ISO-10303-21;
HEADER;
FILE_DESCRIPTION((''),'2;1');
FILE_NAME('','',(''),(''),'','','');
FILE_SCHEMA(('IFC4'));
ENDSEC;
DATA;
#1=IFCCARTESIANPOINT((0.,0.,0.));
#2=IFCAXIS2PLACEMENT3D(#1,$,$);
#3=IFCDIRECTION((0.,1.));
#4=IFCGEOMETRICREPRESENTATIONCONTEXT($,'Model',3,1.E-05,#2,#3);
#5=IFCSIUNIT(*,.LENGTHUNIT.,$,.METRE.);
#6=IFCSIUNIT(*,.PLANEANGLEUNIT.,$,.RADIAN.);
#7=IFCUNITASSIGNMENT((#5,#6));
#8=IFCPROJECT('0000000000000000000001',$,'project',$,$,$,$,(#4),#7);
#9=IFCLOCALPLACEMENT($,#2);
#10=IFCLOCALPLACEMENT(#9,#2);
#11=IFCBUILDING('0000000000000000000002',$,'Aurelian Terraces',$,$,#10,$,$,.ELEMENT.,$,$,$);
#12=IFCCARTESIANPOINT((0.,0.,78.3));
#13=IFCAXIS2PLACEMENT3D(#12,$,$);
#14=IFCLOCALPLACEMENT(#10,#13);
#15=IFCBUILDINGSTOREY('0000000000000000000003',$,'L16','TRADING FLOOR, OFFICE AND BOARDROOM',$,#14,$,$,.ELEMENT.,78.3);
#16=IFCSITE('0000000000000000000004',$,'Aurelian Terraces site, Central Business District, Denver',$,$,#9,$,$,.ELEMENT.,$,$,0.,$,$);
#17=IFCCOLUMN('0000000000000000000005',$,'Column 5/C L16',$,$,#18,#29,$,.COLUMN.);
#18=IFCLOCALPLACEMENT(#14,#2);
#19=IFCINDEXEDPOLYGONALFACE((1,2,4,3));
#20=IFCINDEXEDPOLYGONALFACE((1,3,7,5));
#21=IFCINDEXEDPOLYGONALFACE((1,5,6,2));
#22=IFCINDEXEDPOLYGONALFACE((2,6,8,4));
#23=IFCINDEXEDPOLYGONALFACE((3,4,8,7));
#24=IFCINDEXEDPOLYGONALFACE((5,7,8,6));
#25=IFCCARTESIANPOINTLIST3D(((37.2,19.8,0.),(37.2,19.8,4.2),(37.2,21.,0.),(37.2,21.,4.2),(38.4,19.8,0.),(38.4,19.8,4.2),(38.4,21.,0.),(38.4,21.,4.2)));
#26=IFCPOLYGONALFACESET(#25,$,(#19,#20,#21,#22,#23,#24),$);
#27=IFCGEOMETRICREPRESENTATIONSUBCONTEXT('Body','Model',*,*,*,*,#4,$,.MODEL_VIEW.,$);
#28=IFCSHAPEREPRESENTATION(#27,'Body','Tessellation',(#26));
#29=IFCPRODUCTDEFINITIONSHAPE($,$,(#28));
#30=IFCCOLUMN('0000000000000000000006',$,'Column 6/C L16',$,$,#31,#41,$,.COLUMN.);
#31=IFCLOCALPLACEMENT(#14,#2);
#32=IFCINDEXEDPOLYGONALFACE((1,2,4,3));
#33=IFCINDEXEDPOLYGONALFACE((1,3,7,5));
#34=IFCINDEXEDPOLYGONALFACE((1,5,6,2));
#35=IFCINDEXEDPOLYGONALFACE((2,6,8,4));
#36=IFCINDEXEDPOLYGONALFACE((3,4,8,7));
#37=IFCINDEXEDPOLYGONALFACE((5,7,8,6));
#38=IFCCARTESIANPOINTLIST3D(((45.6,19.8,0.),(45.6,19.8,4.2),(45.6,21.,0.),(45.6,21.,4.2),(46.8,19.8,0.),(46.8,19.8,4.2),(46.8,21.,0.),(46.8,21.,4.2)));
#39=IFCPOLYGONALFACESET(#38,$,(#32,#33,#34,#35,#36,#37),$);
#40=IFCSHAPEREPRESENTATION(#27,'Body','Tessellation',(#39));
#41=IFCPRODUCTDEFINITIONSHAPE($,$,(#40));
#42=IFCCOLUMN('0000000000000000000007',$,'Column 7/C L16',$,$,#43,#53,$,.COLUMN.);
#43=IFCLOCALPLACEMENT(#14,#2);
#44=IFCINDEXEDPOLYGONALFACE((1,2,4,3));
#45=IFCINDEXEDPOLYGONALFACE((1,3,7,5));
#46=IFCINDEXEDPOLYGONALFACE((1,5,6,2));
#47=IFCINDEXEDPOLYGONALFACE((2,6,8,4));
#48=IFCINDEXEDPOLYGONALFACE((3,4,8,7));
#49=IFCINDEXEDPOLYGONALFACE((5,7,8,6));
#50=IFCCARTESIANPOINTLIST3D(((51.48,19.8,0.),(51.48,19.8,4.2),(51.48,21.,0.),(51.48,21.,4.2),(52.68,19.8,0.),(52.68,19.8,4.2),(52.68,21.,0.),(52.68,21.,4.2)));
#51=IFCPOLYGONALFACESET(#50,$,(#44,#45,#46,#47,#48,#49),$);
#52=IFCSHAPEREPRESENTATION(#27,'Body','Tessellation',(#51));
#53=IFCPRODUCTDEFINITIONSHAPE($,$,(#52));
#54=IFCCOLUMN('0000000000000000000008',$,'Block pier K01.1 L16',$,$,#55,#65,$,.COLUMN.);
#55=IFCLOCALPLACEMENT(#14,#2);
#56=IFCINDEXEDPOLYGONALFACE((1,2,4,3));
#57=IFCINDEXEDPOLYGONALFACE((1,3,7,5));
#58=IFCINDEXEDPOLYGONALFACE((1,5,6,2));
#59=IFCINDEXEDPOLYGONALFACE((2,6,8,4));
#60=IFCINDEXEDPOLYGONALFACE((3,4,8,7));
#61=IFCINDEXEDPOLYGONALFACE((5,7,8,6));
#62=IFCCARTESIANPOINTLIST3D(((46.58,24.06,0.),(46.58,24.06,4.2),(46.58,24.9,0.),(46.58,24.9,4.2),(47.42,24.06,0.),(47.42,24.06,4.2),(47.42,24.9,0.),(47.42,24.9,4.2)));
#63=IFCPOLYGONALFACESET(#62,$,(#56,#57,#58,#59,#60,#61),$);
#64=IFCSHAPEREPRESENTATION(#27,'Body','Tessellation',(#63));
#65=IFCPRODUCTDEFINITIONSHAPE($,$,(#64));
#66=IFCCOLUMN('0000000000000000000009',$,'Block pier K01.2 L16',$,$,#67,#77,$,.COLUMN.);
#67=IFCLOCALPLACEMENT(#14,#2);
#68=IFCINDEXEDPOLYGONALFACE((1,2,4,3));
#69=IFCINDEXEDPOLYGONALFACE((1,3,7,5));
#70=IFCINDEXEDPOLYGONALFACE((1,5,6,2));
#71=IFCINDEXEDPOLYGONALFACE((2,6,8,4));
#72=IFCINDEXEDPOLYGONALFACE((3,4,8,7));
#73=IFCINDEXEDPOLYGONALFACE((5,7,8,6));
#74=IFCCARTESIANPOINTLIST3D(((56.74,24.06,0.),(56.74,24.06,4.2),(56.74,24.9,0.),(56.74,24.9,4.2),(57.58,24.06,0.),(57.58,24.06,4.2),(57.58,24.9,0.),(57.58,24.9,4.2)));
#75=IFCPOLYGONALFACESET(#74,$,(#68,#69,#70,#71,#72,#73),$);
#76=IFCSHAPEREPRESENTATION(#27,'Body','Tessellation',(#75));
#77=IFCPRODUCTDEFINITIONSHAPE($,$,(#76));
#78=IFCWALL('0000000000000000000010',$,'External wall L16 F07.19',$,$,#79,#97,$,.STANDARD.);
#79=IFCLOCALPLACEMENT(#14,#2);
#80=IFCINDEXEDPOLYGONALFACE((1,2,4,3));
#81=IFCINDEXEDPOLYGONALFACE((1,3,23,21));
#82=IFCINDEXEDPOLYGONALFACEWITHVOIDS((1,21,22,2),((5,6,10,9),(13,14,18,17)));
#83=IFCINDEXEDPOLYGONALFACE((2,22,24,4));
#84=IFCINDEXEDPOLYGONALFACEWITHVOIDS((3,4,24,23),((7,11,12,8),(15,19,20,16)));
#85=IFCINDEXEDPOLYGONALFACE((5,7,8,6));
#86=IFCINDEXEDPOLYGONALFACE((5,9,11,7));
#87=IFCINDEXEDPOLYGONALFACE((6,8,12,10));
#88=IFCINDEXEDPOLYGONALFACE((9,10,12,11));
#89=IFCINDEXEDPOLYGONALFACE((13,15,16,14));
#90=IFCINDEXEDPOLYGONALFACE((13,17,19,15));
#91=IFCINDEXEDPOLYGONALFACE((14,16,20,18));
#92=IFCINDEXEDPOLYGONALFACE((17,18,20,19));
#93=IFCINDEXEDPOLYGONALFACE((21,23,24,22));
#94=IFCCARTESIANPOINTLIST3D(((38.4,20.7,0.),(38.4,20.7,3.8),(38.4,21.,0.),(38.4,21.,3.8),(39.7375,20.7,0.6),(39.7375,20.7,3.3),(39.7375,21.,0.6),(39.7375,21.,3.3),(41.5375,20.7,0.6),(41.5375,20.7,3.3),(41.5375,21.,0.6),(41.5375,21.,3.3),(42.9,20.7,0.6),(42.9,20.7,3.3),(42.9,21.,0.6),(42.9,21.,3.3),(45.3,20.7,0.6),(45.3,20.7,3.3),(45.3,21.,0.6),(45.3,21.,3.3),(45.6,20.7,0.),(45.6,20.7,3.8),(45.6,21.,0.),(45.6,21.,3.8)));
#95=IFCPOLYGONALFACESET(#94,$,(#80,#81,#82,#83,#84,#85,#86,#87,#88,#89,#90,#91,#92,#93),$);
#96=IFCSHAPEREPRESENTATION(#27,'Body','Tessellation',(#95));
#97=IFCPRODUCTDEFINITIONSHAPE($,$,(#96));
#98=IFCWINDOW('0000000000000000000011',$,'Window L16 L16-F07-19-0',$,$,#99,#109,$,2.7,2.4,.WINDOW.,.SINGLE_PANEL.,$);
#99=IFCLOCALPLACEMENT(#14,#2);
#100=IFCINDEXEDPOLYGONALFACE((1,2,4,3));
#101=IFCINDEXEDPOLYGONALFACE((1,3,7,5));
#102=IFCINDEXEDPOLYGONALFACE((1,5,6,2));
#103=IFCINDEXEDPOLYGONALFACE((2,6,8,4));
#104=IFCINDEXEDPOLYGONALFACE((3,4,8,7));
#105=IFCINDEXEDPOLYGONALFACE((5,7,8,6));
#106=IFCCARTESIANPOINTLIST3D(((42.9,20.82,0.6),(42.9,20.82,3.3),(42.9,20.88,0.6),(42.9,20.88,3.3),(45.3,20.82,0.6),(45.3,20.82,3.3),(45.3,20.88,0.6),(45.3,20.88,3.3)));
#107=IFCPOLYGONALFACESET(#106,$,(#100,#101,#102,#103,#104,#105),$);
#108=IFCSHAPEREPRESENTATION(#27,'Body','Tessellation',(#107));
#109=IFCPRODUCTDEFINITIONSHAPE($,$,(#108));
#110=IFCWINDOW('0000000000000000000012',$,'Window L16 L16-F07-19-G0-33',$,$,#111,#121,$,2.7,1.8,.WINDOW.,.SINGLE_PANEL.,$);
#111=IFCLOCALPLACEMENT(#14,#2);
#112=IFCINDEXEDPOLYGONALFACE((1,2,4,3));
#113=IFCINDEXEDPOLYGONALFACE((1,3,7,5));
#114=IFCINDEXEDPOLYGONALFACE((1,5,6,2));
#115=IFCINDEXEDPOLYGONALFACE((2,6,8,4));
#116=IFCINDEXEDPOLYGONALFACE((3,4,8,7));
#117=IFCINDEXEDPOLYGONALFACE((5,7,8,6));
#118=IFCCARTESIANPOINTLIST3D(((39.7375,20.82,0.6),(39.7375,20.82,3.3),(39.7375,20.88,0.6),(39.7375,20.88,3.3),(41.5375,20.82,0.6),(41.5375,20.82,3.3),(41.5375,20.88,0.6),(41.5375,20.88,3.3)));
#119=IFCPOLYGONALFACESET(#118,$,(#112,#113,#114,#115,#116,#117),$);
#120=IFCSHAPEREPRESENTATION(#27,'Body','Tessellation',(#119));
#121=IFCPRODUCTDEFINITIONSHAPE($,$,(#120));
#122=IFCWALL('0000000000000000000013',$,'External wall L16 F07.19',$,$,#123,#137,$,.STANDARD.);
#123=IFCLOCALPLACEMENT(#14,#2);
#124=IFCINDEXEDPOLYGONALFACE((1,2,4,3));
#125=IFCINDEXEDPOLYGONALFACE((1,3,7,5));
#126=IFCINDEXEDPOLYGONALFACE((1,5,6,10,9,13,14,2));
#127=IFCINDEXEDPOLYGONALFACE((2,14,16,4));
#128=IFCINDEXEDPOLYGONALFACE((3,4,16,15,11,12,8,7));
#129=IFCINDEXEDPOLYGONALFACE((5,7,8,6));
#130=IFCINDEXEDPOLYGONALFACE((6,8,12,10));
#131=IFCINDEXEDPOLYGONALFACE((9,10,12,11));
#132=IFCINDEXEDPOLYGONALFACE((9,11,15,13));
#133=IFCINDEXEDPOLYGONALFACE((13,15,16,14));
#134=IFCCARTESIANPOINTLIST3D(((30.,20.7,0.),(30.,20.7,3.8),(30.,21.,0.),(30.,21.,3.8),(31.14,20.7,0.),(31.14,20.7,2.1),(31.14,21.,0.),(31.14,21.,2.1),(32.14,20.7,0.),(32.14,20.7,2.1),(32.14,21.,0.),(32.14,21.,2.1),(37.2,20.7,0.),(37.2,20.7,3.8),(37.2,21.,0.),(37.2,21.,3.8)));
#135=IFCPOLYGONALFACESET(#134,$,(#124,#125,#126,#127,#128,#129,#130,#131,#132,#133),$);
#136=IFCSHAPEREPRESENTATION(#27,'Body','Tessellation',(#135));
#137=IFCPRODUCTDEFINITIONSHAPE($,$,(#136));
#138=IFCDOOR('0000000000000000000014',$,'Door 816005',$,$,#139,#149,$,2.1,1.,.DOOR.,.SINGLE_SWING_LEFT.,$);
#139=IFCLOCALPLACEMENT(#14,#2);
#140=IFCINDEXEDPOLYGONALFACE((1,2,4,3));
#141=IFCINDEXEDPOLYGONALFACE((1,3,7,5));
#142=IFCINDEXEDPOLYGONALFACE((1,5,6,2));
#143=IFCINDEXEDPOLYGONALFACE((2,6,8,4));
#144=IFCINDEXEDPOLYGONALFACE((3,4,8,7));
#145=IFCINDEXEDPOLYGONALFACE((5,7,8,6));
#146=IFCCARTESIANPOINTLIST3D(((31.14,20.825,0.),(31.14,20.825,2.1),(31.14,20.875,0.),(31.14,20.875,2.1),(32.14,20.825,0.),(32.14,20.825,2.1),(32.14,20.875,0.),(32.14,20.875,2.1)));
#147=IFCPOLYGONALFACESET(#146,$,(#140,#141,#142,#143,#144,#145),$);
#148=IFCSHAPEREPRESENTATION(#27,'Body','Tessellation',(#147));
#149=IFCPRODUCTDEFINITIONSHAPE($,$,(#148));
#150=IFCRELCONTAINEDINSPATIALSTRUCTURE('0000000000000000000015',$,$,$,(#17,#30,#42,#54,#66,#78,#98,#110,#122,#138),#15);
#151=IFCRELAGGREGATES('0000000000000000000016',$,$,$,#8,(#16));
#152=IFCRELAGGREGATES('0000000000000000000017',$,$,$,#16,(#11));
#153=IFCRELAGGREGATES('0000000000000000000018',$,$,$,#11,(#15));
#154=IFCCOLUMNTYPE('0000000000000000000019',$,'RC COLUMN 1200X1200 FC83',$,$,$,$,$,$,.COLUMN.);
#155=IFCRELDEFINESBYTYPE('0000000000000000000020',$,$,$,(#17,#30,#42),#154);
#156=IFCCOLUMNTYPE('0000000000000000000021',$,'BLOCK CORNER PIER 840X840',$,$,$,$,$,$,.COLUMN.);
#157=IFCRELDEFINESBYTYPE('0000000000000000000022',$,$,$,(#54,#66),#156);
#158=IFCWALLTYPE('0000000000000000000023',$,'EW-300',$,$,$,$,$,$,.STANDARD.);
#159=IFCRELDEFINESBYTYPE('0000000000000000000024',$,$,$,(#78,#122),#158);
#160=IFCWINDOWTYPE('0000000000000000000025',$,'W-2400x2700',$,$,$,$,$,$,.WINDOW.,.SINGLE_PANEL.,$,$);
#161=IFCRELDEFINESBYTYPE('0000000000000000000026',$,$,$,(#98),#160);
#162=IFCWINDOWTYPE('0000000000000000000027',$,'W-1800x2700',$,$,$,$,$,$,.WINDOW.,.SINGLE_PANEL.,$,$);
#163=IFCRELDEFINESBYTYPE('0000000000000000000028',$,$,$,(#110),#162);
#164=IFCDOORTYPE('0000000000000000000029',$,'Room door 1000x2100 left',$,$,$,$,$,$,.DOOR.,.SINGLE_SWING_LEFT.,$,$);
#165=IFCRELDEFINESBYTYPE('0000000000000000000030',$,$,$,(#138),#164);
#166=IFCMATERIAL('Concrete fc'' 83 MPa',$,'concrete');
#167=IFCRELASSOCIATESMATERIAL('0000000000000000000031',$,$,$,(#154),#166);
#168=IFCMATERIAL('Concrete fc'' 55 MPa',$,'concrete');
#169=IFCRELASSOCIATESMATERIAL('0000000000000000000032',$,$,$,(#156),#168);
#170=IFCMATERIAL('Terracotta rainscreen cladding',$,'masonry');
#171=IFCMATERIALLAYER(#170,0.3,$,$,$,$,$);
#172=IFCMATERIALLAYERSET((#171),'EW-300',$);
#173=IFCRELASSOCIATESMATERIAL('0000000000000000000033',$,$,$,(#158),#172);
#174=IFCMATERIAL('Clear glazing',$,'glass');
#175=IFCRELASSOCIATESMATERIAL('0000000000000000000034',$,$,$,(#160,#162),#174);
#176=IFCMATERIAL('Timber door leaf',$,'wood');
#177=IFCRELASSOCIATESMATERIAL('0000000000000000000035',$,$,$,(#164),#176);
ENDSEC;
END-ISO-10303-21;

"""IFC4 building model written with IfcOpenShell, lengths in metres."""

from ifc_helpers import new_model, si_unit, direction, frame, frame_2d, origin, origin_2d, place, context, subcontext, project, spatial, rectangle, extrude, source, transform, mapped, material, layer, layer_set, material_profile, profile_set, type_object, element, fill, save


model = new_model("IFC4")

# Units and contexts
model_context = context("Model", 3, precision=1e-05, world=origin(), true_north=direction((0.0, 1.0)))
body_context = subcontext(model_context, "Body", "Model", "MODEL_VIEW")
ifc_project = project(units=[si_unit("LENGTHUNIT", "METRE"), si_unit("PLANEANGLEUNIT", "RADIAN")], contexts=[model_context])

# Site, building, storey
site_placement = place(None, origin())
site = spatial("IfcSite", under=ifc_project, at=site_placement, Name="Aurelian Terraces site, Central Business District, Denver", CompositionType="ELEMENT", RefElevation=0.0)
building_placement = place(site_placement, origin())
building = spatial("IfcBuilding", under=site, at=building_placement, Name="Aurelian Terraces", CompositionType="ELEMENT")
storey_placement = place(building_placement, frame((0.0, 0.0, 78.3)))
storey = spatial("IfcBuildingStorey", under=building, at=storey_placement, Name="L16", Description="TRADING FLOOR, OFFICE AND BOARDROOM", CompositionType="ELEMENT", Elevation=78.3)

# Columns
ifc_material_1 = material(Name="Concrete fc' 83 MPa", Category="concrete")
ifc_material_profile_1 = material_profile(ifc_material_1, rectangle(XDim=1.2, YDim=1.2, at=origin_2d()))
ifc_profile_set_1 = profile_set([ifc_material_profile_1], Name="Concrete fc' 83 MPa")
column_type_1 = type_object("IfcColumnType", Name="RC COLUMN 1200X1200 FC83", PredefinedType="COLUMN", material=ifc_profile_set_1)
shared_shape_1 = source(origin(), body_context, "Body", "SweptSolid", [
    extrude(rectangle(XDim=1.2, YDim=1.2, at=origin_2d()), origin(), (0.0, 0.0, 1.0), 4.2),
])
for number, where, z_axis, x_axis, name in (
    (1, (37.8, 20.4, 0.0), (0.0, 0.0, 1.0), (1.0, 0.0, 0.0), "Column 5/C L16"),
    (2, (46.2, 20.4, 0.0), (0.0, 0.0, 1.0), (1.0, 0.0, 0.0), "Column 6/C L16"),
    (3, (52.08, 20.4, 0.0), (0.0, 0.0, 1.0), (1.0, 0.0, 0.0), "Column 7/C L16"),
):
    element("IfcColumn", number, at=place(storey_placement, frame(where, z_axis=z_axis, x_axis=x_axis)), inside=storey, type_object=column_type_1, Name=name, PredefinedType="COLUMN", context=body_context, shape_type="MappedRepresentation", body=[
        mapped(shared_shape_1, transform((0.0, 0.0, 0.0), scale=1.0)),
    ])
ifc_material_2 = material(Name="Concrete fc' 55 MPa", Category="concrete")
ifc_material_profile_2 = material_profile(ifc_material_2, rectangle(XDim=0.84, YDim=0.84, at=origin_2d()))
ifc_profile_set_2 = profile_set([ifc_material_profile_2], Name="Concrete fc' 55 MPa")
column_type_2 = type_object("IfcColumnType", Name="BLOCK CORNER PIER 840X840", PredefinedType="COLUMN", material=ifc_profile_set_2)
shared_shape_2 = source(origin(), body_context, "Body", "SweptSolid", [
    extrude(rectangle(XDim=0.84, YDim=0.84, at=origin_2d()), origin(), (0.0, 0.0, 1.0), 4.2),
])
for number, where, z_axis, x_axis, name in (
    (4, (47.0, 24.48, 0.0), (0.0, 0.0, 1.0), (1.0, 0.0, 0.0), "Block pier K01.1 L16"),
    (5, (57.16, 24.48, 0.0), (0.0, 0.0, 1.0), (1.0, 0.0, 0.0), "Block pier K01.2 L16"),
):
    element("IfcColumn", number, at=place(storey_placement, frame(where, z_axis=z_axis, x_axis=x_axis)), inside=storey, type_object=column_type_2, Name=name, PredefinedType="COLUMN", context=body_context, shape_type="MappedRepresentation", body=[
        mapped(shared_shape_2, transform((0.0, 0.0, 0.0), scale=1.0)),
    ])

# Wall, openings, windows
ifc_material_3 = material(Name="Terracotta rainscreen cladding", Category="masonry")
ifc_layer_1 = layer(ifc_material_3, 0.3)
ifc_layer_set_1 = layer_set([ifc_layer_1], Name="EW-300")
wall_type_1 = type_object("IfcWallType", Name="EW-300", PredefinedType="STANDARD", material=ifc_layer_set_1)
shared_shape_3 = source(origin(), body_context, "Body", "SweptSolid", [
    extrude(rectangle(XDim=7.2, YDim=0.3, at=frame_2d((3.6, 0.0))), origin(), (0.0, 0.0, 1.0), 3.8),
])
wall_1_placement = place(storey_placement, frame((45.6, 20.85, 0.0), z_axis=(0.0, 0.0, 1.0), x_axis=(-1.0, 0.0, 0.0)))
wall_1 = element("IfcWall", 6, at=wall_1_placement, inside=storey, type_object=wall_type_1, Name="External wall L16 F07.19", PredefinedType="STANDARD", context=body_context, shape_type="MappedRepresentation", body=[
    mapped(shared_shape_3, transform((0.0, 0.0, 0.0), scale=1.0)),
])
shared_shape_4 = source(origin(), body_context, "Body", "SweptSolid", [
    extrude(rectangle(XDim=2.4, YDim=2.7, at=frame_2d((1.2, 1.35))), frame((0.0, 0.16, 0.0), z_axis=(0.0, -1.0, 0.0), x_axis=(1.0, 0.0, 0.0)), (0.0, 0.0, 1.0), 0.32),
])
opening_1_placement = place(wall_1_placement, frame((0.3, 0.0, 0.6)))
opening_1 = element("IfcOpeningElement", 7, at=opening_1_placement, cuts=wall_1, PredefinedType="OPENING", context=body_context, shape_type="MappedRepresentation", body=[
    mapped(shared_shape_4, transform((0.0, 0.0, 0.0), scale=1.0)),
])
shared_shape_5 = source(origin(), body_context, "Body", "SweptSolid", [
    extrude(rectangle(XDim=1.8, YDim=2.7, at=frame_2d((0.9, 1.35))), frame((0.0, 0.16, 0.0), z_axis=(0.0, -1.0, 0.0), x_axis=(1.0, 0.0, 0.0)), (0.0, 0.0, 1.0), 0.32),
])
opening_2_placement = place(wall_1_placement, frame((4.0625, 0.0, 0.6)))
opening_2 = element("IfcOpeningElement", 8, at=opening_2_placement, cuts=wall_1, PredefinedType="OPENING", context=body_context, shape_type="MappedRepresentation", body=[
    mapped(shared_shape_5, transform((0.0, 0.0, 0.0), scale=1.0)),
])
ifc_material_4 = material(Name="Clear glazing", Category="glass")
window_type_1 = type_object("IfcWindowType", Name="W-2400x2700", PartitioningType="SINGLE_PANEL", PredefinedType="WINDOW", material=ifc_material_4)
shared_shape_6 = source(origin(), body_context, "Body", "SweptSolid", [
    extrude(rectangle(XDim=2.4, YDim=2.7, at=frame_2d((1.2, 1.35))), frame((0.0, 0.03, 0.0), z_axis=(0.0, -1.0, 0.0), x_axis=(1.0, 0.0, 0.0)), (0.0, 0.0, 1.0), 0.06),
])
window_1_placement = place(opening_1_placement, origin())
window_1 = element("IfcWindow", 9, at=window_1_placement, inside=storey, type_object=window_type_1, Name="Window L16 L16-F07-19-0", OverallHeight=2.7, OverallWidth=2.4, PartitioningType="SINGLE_PANEL", PredefinedType="WINDOW", context=body_context, shape_type="MappedRepresentation", body=[
    mapped(shared_shape_6, transform((0.0, 0.0, 0.0), scale=1.0)),
])
fill(opening_1, window_1)
window_type_2 = type_object("IfcWindowType", Name="W-1800x2700", PartitioningType="SINGLE_PANEL", PredefinedType="WINDOW", material=ifc_material_4)
shared_shape_7 = source(origin(), body_context, "Body", "SweptSolid", [
    extrude(rectangle(XDim=1.8, YDim=2.7, at=frame_2d((0.9, 1.35))), frame((0.0, 0.03, 0.0), z_axis=(0.0, -1.0, 0.0), x_axis=(1.0, 0.0, 0.0)), (0.0, 0.0, 1.0), 0.06),
])
window_2_placement = place(opening_2_placement, origin())
window_2 = element("IfcWindow", 10, at=window_2_placement, inside=storey, type_object=window_type_2, Name="Window L16 L16-F07-19-G0-33", OverallHeight=2.7, OverallWidth=1.8, PartitioningType="SINGLE_PANEL", PredefinedType="WINDOW", context=body_context, shape_type="MappedRepresentation", body=[
    mapped(shared_shape_7, transform((0.0, 0.0, 0.0), scale=1.0)),
])
fill(opening_2, window_2)

# Wall, opening, door
wall_2_placement = place(storey_placement, frame((37.2, 20.85, 0.0), z_axis=(0.0, 0.0, 1.0), x_axis=(-1.0, 0.0, 0.0)))
wall_2 = element("IfcWall", 11, at=wall_2_placement, inside=storey, type_object=wall_type_1, Name="External wall L16 F07.19", PredefinedType="STANDARD", context=body_context, shape_type="MappedRepresentation", body=[
    mapped(shared_shape_3, transform((0.0, 0.0, 0.0), scale=1.0)),
])
shared_shape_8 = source(origin(), body_context, "Body", "SweptSolid", [
    extrude(rectangle(XDim=1.0, YDim=2.1, at=frame_2d((0.5, 1.05))), frame((0.0, 0.16, 0.0), z_axis=(0.0, -1.0, 0.0), x_axis=(1.0, 0.0, 0.0)), (0.0, 0.0, 1.0), 0.32),
])
opening_3_placement = place(wall_2_placement, frame((5.06, 0.0, 0.0)))
opening_3 = element("IfcOpeningElement", 12, at=opening_3_placement, cuts=wall_2, PredefinedType="OPENING", context=body_context, shape_type="MappedRepresentation", body=[
    mapped(shared_shape_8, transform((0.0, 0.0, 0.0), scale=1.0)),
])
ifc_material_5 = material(Name="Timber door leaf", Category="wood")
door_type_1 = type_object("IfcDoorType", Name="Room door 1000x2100 left", OperationType="SINGLE_SWING_LEFT", PredefinedType="DOOR", material=ifc_material_5)
shared_shape_9 = source(origin(), body_context, "Body", "SweptSolid", [
    extrude(rectangle(XDim=1.0, YDim=2.1, at=frame_2d((0.5, 1.05))), frame((0.0, 0.025, 0.0), z_axis=(0.0, -1.0, 0.0), x_axis=(1.0, 0.0, 0.0)), (0.0, 0.0, 1.0), 0.05),
])
door_1_placement = place(opening_3_placement, origin())
door_1 = element("IfcDoor", 13, at=door_1_placement, inside=storey, type_object=door_type_1, Name="Door 816005", OperationType="SINGLE_SWING_LEFT", OverallHeight=2.1, OverallWidth=1.0, PredefinedType="DOOR", context=body_context, shape_type="MappedRepresentation", body=[
    mapped(shared_shape_9, transform((0.0, 0.0, 0.0), scale=1.0)),
])
fill(opening_3, door_1)

save(model, "model.ifc")
